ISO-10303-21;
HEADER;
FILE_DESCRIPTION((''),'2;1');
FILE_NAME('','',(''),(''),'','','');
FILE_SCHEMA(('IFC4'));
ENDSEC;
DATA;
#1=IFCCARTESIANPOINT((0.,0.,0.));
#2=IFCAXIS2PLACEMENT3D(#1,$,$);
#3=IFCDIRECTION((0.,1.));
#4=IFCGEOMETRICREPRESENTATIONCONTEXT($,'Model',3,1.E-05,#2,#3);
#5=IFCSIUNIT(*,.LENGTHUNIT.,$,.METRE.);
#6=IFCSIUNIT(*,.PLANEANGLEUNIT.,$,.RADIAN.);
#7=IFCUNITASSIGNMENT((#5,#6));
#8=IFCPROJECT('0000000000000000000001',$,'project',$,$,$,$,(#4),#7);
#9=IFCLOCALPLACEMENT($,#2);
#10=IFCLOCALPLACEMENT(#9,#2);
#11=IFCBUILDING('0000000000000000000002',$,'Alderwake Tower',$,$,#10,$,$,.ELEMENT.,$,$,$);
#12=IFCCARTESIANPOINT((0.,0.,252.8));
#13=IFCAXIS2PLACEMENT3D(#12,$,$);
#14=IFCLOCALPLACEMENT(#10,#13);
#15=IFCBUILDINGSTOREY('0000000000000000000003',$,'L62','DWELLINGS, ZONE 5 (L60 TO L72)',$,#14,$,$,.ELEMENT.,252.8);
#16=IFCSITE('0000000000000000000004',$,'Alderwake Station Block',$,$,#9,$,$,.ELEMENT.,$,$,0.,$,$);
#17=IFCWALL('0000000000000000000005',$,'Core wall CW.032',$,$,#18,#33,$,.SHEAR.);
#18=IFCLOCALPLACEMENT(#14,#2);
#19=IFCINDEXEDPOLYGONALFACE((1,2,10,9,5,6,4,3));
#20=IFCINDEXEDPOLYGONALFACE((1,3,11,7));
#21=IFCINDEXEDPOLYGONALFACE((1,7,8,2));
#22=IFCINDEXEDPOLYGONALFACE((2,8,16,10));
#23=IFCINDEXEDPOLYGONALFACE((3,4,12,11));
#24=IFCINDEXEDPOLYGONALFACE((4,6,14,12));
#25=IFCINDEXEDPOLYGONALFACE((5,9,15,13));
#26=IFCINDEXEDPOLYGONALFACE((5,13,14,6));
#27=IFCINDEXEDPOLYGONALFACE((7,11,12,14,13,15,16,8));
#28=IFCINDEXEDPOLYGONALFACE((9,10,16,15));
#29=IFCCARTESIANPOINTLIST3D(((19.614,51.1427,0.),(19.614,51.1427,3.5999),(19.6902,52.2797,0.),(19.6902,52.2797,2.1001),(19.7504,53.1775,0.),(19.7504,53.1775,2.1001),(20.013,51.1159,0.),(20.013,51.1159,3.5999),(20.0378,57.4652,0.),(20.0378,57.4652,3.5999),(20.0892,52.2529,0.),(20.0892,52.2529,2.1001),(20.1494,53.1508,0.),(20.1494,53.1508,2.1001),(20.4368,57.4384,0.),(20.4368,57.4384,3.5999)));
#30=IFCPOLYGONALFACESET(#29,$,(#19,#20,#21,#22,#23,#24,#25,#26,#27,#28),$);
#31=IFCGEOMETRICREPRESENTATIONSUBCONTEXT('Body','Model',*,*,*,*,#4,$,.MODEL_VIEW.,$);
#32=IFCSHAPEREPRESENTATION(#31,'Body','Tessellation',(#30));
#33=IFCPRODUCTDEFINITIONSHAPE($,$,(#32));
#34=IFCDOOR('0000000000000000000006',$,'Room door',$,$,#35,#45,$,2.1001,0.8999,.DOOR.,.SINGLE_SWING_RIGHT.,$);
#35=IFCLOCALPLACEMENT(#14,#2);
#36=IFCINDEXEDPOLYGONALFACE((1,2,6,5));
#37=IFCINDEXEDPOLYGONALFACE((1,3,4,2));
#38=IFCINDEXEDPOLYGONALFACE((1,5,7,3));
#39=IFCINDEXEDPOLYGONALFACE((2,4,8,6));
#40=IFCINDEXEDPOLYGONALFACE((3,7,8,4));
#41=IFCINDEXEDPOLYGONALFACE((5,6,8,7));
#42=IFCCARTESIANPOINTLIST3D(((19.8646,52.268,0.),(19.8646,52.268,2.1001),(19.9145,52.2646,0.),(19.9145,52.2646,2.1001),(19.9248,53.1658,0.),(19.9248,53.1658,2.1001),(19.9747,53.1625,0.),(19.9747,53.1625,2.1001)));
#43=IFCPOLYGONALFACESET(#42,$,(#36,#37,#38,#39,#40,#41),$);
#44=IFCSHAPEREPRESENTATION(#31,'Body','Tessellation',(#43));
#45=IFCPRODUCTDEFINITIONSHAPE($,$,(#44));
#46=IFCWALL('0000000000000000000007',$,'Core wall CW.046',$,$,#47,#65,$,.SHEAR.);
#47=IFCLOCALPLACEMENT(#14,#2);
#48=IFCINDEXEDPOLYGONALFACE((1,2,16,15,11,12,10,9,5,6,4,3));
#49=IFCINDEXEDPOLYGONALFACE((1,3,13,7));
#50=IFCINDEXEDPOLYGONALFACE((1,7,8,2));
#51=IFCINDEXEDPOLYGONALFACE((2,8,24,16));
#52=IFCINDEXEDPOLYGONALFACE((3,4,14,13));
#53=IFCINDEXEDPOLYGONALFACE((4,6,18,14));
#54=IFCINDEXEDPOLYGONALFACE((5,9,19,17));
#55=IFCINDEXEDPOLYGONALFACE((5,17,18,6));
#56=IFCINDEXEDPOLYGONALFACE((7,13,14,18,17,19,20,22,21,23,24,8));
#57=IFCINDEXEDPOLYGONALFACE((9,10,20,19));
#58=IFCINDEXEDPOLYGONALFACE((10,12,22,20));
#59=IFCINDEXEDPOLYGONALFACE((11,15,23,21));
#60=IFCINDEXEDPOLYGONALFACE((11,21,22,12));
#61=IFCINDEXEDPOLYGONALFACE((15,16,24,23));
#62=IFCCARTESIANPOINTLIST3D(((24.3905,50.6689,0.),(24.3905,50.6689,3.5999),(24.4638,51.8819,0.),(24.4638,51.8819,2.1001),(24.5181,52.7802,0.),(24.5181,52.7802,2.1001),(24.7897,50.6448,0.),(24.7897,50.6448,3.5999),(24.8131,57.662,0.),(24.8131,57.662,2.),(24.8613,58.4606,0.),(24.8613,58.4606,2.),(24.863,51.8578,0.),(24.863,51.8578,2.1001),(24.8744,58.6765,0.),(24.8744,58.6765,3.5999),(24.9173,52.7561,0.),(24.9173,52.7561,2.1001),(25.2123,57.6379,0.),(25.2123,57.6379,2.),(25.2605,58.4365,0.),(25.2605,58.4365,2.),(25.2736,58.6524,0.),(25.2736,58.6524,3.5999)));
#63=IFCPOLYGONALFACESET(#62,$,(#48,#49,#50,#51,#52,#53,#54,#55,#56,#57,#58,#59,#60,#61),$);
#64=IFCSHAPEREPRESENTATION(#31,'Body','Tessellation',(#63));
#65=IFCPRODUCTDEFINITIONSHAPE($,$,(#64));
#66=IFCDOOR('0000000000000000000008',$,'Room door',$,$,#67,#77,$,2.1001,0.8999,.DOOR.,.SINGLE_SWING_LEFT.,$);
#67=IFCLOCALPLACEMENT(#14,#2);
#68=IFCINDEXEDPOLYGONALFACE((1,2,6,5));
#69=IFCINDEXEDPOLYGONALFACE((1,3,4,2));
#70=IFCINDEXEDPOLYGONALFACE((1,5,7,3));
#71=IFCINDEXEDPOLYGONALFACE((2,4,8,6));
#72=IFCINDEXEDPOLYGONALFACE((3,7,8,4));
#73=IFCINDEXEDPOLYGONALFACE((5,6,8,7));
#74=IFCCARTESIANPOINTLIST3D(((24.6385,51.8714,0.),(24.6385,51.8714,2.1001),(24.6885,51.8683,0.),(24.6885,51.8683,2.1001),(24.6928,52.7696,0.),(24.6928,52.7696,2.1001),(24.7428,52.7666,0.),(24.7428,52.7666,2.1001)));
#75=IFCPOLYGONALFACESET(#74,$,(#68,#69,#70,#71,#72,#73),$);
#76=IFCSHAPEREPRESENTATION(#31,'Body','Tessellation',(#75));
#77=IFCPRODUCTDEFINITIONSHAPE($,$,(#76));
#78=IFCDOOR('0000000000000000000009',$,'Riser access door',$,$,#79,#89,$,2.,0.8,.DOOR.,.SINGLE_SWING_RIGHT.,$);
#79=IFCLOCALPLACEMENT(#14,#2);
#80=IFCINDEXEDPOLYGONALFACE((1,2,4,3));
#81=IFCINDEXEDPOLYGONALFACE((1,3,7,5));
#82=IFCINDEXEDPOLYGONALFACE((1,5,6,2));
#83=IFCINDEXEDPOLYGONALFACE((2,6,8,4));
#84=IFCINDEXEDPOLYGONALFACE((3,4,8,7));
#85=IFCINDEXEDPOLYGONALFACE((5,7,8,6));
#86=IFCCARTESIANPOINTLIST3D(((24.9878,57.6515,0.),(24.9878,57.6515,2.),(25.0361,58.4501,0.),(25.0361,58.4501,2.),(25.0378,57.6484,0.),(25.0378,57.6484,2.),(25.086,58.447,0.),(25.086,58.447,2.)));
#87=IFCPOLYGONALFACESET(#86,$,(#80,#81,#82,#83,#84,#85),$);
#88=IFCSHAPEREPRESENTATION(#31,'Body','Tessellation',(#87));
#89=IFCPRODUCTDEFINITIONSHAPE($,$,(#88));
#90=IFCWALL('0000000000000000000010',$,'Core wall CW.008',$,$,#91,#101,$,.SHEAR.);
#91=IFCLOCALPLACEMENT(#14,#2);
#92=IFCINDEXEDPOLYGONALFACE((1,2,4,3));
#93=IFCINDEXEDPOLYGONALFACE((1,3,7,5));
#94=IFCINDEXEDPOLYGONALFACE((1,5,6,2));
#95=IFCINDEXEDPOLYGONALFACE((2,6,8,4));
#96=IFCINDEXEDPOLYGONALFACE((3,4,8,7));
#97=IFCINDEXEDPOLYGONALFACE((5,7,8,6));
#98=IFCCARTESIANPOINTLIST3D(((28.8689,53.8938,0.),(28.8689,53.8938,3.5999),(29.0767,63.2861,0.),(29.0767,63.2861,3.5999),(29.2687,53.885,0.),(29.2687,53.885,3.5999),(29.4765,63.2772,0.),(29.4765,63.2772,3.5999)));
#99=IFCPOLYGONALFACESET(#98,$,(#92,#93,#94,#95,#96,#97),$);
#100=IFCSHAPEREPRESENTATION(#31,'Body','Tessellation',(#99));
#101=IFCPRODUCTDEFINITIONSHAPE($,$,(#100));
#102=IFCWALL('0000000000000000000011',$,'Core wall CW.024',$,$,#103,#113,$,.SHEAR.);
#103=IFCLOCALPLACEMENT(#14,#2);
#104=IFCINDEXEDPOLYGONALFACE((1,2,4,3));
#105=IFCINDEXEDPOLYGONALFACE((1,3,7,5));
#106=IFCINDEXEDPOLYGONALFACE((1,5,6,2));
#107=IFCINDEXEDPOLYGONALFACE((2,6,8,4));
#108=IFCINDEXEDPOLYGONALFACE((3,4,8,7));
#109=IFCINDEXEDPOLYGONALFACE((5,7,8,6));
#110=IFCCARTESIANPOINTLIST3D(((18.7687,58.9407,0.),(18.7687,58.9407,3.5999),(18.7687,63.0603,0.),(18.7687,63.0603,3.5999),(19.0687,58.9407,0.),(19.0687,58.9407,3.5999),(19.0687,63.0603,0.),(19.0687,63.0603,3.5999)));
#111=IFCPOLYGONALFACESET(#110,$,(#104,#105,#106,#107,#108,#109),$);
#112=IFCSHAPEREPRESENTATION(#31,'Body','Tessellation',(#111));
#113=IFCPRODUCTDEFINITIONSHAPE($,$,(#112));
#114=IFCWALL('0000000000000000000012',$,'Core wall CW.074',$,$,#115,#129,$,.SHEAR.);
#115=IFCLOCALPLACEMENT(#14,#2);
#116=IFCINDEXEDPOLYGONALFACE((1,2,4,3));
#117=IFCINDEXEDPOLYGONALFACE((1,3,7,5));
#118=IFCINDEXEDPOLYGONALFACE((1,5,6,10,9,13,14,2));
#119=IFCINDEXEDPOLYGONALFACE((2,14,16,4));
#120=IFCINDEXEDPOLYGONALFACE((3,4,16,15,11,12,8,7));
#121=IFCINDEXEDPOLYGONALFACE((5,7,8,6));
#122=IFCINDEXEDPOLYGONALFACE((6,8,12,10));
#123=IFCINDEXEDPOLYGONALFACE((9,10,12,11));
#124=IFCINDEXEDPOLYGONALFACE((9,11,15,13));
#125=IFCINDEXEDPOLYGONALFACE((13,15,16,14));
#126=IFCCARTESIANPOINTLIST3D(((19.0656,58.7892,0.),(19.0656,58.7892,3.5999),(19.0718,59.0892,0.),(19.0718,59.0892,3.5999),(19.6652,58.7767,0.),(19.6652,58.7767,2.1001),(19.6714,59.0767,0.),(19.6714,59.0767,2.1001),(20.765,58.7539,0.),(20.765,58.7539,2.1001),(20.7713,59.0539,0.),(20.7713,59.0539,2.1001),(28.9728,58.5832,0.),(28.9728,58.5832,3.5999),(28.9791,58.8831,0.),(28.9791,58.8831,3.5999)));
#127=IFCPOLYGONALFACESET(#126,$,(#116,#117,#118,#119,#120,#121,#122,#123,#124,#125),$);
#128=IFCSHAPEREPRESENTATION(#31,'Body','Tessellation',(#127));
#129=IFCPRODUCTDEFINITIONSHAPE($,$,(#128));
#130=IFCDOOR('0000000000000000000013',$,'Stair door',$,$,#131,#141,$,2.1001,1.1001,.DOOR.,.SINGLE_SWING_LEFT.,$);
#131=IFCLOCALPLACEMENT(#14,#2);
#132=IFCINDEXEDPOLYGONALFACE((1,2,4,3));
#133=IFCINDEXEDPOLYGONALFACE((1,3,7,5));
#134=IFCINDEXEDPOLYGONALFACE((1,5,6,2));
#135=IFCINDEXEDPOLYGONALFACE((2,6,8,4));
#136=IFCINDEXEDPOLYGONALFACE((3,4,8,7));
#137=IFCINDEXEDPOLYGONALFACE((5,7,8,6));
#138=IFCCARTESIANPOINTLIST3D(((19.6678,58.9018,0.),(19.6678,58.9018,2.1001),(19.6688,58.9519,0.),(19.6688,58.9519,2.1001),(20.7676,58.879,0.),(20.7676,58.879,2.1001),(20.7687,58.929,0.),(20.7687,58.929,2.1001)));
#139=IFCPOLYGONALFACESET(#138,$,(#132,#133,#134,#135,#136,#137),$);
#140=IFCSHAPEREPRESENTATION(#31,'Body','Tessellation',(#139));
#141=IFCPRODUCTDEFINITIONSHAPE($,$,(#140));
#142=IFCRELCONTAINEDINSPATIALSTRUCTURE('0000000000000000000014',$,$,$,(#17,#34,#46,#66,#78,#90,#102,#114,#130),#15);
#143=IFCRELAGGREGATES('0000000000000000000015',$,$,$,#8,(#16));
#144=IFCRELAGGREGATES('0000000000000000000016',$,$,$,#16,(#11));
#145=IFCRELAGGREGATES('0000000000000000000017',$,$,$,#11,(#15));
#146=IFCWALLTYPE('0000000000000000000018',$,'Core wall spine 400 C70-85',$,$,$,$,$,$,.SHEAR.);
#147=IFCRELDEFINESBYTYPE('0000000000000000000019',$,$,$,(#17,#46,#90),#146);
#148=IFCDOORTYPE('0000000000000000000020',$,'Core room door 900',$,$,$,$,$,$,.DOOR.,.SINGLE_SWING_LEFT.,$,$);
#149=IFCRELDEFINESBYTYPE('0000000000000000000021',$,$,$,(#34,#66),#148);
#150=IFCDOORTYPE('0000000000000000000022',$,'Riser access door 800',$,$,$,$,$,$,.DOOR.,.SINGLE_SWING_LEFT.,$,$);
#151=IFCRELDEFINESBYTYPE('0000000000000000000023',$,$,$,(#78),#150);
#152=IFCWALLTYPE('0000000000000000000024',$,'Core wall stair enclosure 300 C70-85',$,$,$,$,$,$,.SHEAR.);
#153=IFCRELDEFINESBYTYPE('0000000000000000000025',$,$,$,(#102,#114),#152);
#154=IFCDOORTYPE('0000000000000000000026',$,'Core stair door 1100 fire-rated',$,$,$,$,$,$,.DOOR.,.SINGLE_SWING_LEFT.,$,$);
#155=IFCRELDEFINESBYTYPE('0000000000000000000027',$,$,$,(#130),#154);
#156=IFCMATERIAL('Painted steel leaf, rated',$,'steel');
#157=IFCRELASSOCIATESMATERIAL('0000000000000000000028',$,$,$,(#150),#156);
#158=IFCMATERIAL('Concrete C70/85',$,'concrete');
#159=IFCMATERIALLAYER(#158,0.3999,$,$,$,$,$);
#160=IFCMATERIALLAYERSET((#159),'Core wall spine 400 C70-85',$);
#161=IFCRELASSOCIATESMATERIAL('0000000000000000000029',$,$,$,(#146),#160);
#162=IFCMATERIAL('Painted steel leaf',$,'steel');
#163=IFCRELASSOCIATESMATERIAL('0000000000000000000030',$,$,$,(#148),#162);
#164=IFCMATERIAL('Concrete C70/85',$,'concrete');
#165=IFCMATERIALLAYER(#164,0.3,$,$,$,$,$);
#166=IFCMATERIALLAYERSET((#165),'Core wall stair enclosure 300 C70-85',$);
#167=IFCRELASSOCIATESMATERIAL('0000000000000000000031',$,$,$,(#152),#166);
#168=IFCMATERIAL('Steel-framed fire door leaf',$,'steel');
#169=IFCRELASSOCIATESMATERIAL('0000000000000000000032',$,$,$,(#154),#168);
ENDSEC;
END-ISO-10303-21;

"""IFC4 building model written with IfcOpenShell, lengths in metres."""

from ifc_helpers import new_model, si_unit, direction, frame, frame_2d, origin, place, context, subcontext, project, spatial, rectangle, extrude, material, layer, layer_set, type_object, element, fill, save


model = new_model("IFC4")

# Units and contexts
model_context = context("Model", 3, precision=1e-05, world=origin(), true_north=direction((0.0, 1.0)))
body_context = subcontext(model_context, "Body", "Model", "MODEL_VIEW")
ifc_project = project(units=[si_unit("LENGTHUNIT", "METRE"), si_unit("PLANEANGLEUNIT", "RADIAN")], contexts=[model_context])

# Site, building, storey
site_placement = place(None, origin())
site = spatial("IfcSite", under=ifc_project, at=site_placement, Name="Alderwake Station Block", CompositionType="ELEMENT", RefElevation=0.0)
building_placement = place(site_placement, origin())
building = spatial("IfcBuilding", under=site, at=building_placement, Name="Alderwake Tower", CompositionType="ELEMENT")
storey_placement = place(building_placement, frame((0.0, 0.0, 252.8)))
storey = spatial("IfcBuildingStorey", under=building, at=storey_placement, Name="L62", Description="DWELLINGS, ZONE 5 (L60 TO L72)", CompositionType="ELEMENT", Elevation=252.8)

# Shared definitions
ifc_material_1 = material(Name="Painted steel leaf, rated", Category="steel")
door_type_1 = type_object("IfcDoorType", Name="Riser access door 800", OperationType="SINGLE_SWING_LEFT", PredefinedType="DOOR", material=ifc_material_1)

# Shared definitions
ifc_material_2 = material(Name="Concrete C70/85", Category="concrete")
ifc_layer_1 = layer(ifc_material_2, 0.3999)
ifc_layer_set_1 = layer_set([ifc_layer_1], Name="Core wall spine 400 C70-85")
wall_type_1 = type_object("IfcWallType", Name="Core wall spine 400 C70-85", PredefinedType="SHEAR", material=ifc_layer_set_1)

# Wall, opening, door
wall_1_placement = place(storey_placement, frame((20.2373, 57.4519, 0.0), z_axis=(0.0, 0.0, 1.0), x_axis=(-0.066885, -0.997761, 0.0)))
wall_1 = element("IfcWall", 1, at=wall_1_placement, inside=storey, type_object=wall_type_1, Name="Core wall CW.032", PredefinedType="SHEAR", context=body_context, shape_type="SweptSolid", body=[
    extrude(rectangle(XDim=6.3367, YDim=0.3999, at=frame_2d((3.1685, 0.0))), origin(), (0.0, 0.0, 1.0), 3.5999),
])
opening_1_placement = place(wall_1_placement, frame((4.2974, 0.0, 0.0)))
opening_1 = element("IfcOpeningElement", 2, at=opening_1_placement, cuts=wall_1, PredefinedType="OPENING", context=body_context, shape_type="SweptSolid", body=[
    extrude(rectangle(XDim=0.8999, YDim=2.1001, at=frame_2d((0.45, 1.05))), frame((0.0, 0.21, 0.0), z_axis=(0.0, -1.0, 0.0), x_axis=(1.0, 0.0, 0.0)), (0.0, 0.0, 1.0), 0.4199),
])
ifc_material_3 = material(Name="Painted steel leaf", Category="steel")
door_type_2 = type_object("IfcDoorType", Name="Core room door 900", OperationType="SINGLE_SWING_LEFT", PredefinedType="DOOR", material=ifc_material_3)
door_1_placement = place(opening_1_placement, origin())
door_1 = element("IfcDoor", 3, at=door_1_placement, inside=storey, type_object=door_type_2, Name="Room door", OperationType="SINGLE_SWING_RIGHT", OverallHeight=2.1001, OverallWidth=0.8999, PredefinedType="DOOR", context=body_context, shape_type="SweptSolid", body=[
    extrude(rectangle(XDim=0.8999, YDim=2.1001, at=frame_2d((0.45, 1.05))), frame((0.0, 0.0249, 0.0), z_axis=(0.0, -1.0, 0.0), x_axis=(1.0, 0.0, 0.0)), (0.0, 0.0, 1.0), 0.05),
])
fill(opening_1, door_1)

# Wall, openings, doors
wall_2_placement = place(storey_placement, frame((24.5901, 50.6567, 0.0), z_axis=(0.0, 0.0, 1.0), x_axis=(0.060319, 0.998179, 0.0)))
wall_2 = element("IfcWall", 4, at=wall_2_placement, inside=storey, type_object=wall_type_1, Name="Core wall CW.046", PredefinedType="SHEAR", context=body_context, shape_type="SweptSolid", body=[
    extrude(rectangle(XDim=8.0222, YDim=0.3999, at=frame_2d((4.0112, 0.0))), origin(), (0.0, 0.0, 1.0), 3.5999),
])
opening_2_placement = place(wall_2_placement, frame((7.0061, 0.0, 0.0)))
opening_2 = element("IfcOpeningElement", 5, at=opening_2_placement, cuts=wall_2, PredefinedType="OPENING", context=body_context, shape_type="SweptSolid", body=[
    extrude(rectangle(XDim=0.8, YDim=2.0, at=frame_2d((0.3999, 1.0))), frame((0.0, 0.21, 0.0), z_axis=(0.0, -1.0, 0.0), x_axis=(1.0, 0.0, 0.0)), (0.0, 0.0, 1.0), 0.4199),
])
opening_3_placement = place(wall_2_placement, frame((1.2153, 0.0, 0.0)))
opening_3 = element("IfcOpeningElement", 6, at=opening_3_placement, cuts=wall_2, PredefinedType="OPENING", context=body_context, shape_type="SweptSolid", body=[
    extrude(rectangle(XDim=0.8999, YDim=2.1001, at=frame_2d((0.45, 1.05))), frame((0.0, 0.21, 0.0), z_axis=(0.0, -1.0, 0.0), x_axis=(1.0, 0.0, 0.0)), (0.0, 0.0, 1.0), 0.4199),
])
door_2_placement = place(opening_3_placement, origin())
door_2 = element("IfcDoor", 7, at=door_2_placement, inside=storey, type_object=door_type_2, Name="Room door", OperationType="SINGLE_SWING_LEFT", OverallHeight=2.1001, OverallWidth=0.8999, PredefinedType="DOOR", context=body_context, shape_type="SweptSolid", body=[
    extrude(rectangle(XDim=0.8999, YDim=2.1001, at=frame_2d((0.45, 1.05))), frame((0.0, 0.0249, 0.0), z_axis=(0.0, -1.0, 0.0), x_axis=(1.0, 0.0, 0.0)), (0.0, 0.0, 1.0), 0.05),
])
fill(opening_3, door_2)
door_3_placement = place(opening_2_placement, origin())
door_3 = element("IfcDoor", 8, at=door_3_placement, inside=storey, type_object=door_type_1, Name="Riser access door", OperationType="SINGLE_SWING_RIGHT", OverallHeight=2.0, OverallWidth=0.8, PredefinedType="DOOR", context=body_context, shape_type="SweptSolid", body=[
    extrude(rectangle(XDim=0.8, YDim=2.0, at=frame_2d((0.3999, 1.0))), frame((0.0, 0.0249, 0.0), z_axis=(0.0, -1.0, 0.0), x_axis=(1.0, 0.0, 0.0)), (0.0, 0.0, 1.0), 0.05),
])
fill(opening_2, door_3)

# Walls
wall_3_placement = place(storey_placement, frame((29.0688, 53.8894, 0.0), z_axis=(0.0, 0.0, 1.0), x_axis=(0.022115, 0.999755, 0.0)))
element("IfcWall", 9, at=wall_3_placement, inside=storey, type_object=wall_type_1, Name="Core wall CW.008", PredefinedType="SHEAR", context=body_context, shape_type="SweptSolid", body=[
    extrude(rectangle(XDim=9.3945, YDim=0.3999, at=frame_2d((4.6973, 0.0))), origin(), (0.0, 0.0, 1.0), 3.5999),
])
ifc_material_4 = material(Name="Concrete C70/85", Category="concrete")
ifc_layer_2 = layer(ifc_material_4, 0.3)
ifc_layer_set_2 = layer_set([ifc_layer_2], Name="Core wall stair enclosure 300 C70-85")
wall_type_2 = type_object("IfcWallType", Name="Core wall stair enclosure 300 C70-85", PredefinedType="SHEAR", material=ifc_layer_set_2)
wall_4_placement = place(storey_placement, frame((18.9187, 58.9407, 0.0), z_axis=(0.0, 0.0, 1.0), x_axis=(0.0, 1.0, 0.0)))
element("IfcWall", 10, at=wall_4_placement, inside=storey, type_object=wall_type_2, Name="Core wall CW.024", PredefinedType="SHEAR", context=body_context, shape_type="SweptSolid", body=[
    extrude(rectangle(XDim=4.1196, YDim=0.3, at=frame_2d((2.0598, 0.0))), origin(), (0.0, 0.0, 1.0), 3.5999),
])

# Wall, opening, door
wall_5_placement = place(storey_placement, frame((28.9758, 58.7332, 0.0), z_axis=(0.0, 0.0, 1.0), x_axis=(-0.999784, 0.020794, 0.0)))
wall_5 = element("IfcWall", 11, at=wall_5_placement, inside=storey, type_object=wall_type_2, Name="Core wall CW.074", PredefinedType="SHEAR", context=body_context, shape_type="SweptSolid", body=[
    extrude(rectangle(XDim=9.9094, YDim=0.3, at=frame_2d((4.9546, 0.0))), origin(), (0.0, 0.0, 1.0), 3.5999),
])
opening_4_placement = place(wall_5_placement, frame((8.2095, 0.0, 0.0)))
opening_4 = element("IfcOpeningElement", 12, at=opening_4_placement, cuts=wall_5, PredefinedType="OPENING", context=body_context, shape_type="SweptSolid", body=[
    extrude(rectangle(XDim=1.1001, YDim=2.1001, at=frame_2d((0.55, 1.05))), frame((0.0, 0.1599, 0.0), z_axis=(0.0, -1.0, 0.0), x_axis=(1.0, 0.0, 0.0)), (0.0, 0.0, 1.0), 0.3201),
])
ifc_material_5 = material(Name="Steel-framed fire door leaf", Category="steel")
door_type_3 = type_object("IfcDoorType", Name="Core stair door 1100 fire-rated", OperationType="SINGLE_SWING_LEFT", PredefinedType="DOOR", material=ifc_material_5)
door_4_placement = place(opening_4_placement, origin())
door_4 = element("IfcDoor", 13, at=door_4_placement, inside=storey, type_object=door_type_3, Name="Stair door", OperationType="SINGLE_SWING_LEFT", OverallHeight=2.1001, OverallWidth=1.1001, PredefinedType="DOOR", context=body_context, shape_type="SweptSolid", body=[
    extrude(rectangle(XDim=1.1001, YDim=2.1001, at=frame_2d((0.55, 1.05))), frame((0.0, 0.0249, 0.0), z_axis=(0.0, -1.0, 0.0), x_axis=(1.0, 0.0, 0.0)), (0.0, 0.0, 1.0), 0.05),
])
fill(opening_4, door_4)

save(model, "model.ifc")
